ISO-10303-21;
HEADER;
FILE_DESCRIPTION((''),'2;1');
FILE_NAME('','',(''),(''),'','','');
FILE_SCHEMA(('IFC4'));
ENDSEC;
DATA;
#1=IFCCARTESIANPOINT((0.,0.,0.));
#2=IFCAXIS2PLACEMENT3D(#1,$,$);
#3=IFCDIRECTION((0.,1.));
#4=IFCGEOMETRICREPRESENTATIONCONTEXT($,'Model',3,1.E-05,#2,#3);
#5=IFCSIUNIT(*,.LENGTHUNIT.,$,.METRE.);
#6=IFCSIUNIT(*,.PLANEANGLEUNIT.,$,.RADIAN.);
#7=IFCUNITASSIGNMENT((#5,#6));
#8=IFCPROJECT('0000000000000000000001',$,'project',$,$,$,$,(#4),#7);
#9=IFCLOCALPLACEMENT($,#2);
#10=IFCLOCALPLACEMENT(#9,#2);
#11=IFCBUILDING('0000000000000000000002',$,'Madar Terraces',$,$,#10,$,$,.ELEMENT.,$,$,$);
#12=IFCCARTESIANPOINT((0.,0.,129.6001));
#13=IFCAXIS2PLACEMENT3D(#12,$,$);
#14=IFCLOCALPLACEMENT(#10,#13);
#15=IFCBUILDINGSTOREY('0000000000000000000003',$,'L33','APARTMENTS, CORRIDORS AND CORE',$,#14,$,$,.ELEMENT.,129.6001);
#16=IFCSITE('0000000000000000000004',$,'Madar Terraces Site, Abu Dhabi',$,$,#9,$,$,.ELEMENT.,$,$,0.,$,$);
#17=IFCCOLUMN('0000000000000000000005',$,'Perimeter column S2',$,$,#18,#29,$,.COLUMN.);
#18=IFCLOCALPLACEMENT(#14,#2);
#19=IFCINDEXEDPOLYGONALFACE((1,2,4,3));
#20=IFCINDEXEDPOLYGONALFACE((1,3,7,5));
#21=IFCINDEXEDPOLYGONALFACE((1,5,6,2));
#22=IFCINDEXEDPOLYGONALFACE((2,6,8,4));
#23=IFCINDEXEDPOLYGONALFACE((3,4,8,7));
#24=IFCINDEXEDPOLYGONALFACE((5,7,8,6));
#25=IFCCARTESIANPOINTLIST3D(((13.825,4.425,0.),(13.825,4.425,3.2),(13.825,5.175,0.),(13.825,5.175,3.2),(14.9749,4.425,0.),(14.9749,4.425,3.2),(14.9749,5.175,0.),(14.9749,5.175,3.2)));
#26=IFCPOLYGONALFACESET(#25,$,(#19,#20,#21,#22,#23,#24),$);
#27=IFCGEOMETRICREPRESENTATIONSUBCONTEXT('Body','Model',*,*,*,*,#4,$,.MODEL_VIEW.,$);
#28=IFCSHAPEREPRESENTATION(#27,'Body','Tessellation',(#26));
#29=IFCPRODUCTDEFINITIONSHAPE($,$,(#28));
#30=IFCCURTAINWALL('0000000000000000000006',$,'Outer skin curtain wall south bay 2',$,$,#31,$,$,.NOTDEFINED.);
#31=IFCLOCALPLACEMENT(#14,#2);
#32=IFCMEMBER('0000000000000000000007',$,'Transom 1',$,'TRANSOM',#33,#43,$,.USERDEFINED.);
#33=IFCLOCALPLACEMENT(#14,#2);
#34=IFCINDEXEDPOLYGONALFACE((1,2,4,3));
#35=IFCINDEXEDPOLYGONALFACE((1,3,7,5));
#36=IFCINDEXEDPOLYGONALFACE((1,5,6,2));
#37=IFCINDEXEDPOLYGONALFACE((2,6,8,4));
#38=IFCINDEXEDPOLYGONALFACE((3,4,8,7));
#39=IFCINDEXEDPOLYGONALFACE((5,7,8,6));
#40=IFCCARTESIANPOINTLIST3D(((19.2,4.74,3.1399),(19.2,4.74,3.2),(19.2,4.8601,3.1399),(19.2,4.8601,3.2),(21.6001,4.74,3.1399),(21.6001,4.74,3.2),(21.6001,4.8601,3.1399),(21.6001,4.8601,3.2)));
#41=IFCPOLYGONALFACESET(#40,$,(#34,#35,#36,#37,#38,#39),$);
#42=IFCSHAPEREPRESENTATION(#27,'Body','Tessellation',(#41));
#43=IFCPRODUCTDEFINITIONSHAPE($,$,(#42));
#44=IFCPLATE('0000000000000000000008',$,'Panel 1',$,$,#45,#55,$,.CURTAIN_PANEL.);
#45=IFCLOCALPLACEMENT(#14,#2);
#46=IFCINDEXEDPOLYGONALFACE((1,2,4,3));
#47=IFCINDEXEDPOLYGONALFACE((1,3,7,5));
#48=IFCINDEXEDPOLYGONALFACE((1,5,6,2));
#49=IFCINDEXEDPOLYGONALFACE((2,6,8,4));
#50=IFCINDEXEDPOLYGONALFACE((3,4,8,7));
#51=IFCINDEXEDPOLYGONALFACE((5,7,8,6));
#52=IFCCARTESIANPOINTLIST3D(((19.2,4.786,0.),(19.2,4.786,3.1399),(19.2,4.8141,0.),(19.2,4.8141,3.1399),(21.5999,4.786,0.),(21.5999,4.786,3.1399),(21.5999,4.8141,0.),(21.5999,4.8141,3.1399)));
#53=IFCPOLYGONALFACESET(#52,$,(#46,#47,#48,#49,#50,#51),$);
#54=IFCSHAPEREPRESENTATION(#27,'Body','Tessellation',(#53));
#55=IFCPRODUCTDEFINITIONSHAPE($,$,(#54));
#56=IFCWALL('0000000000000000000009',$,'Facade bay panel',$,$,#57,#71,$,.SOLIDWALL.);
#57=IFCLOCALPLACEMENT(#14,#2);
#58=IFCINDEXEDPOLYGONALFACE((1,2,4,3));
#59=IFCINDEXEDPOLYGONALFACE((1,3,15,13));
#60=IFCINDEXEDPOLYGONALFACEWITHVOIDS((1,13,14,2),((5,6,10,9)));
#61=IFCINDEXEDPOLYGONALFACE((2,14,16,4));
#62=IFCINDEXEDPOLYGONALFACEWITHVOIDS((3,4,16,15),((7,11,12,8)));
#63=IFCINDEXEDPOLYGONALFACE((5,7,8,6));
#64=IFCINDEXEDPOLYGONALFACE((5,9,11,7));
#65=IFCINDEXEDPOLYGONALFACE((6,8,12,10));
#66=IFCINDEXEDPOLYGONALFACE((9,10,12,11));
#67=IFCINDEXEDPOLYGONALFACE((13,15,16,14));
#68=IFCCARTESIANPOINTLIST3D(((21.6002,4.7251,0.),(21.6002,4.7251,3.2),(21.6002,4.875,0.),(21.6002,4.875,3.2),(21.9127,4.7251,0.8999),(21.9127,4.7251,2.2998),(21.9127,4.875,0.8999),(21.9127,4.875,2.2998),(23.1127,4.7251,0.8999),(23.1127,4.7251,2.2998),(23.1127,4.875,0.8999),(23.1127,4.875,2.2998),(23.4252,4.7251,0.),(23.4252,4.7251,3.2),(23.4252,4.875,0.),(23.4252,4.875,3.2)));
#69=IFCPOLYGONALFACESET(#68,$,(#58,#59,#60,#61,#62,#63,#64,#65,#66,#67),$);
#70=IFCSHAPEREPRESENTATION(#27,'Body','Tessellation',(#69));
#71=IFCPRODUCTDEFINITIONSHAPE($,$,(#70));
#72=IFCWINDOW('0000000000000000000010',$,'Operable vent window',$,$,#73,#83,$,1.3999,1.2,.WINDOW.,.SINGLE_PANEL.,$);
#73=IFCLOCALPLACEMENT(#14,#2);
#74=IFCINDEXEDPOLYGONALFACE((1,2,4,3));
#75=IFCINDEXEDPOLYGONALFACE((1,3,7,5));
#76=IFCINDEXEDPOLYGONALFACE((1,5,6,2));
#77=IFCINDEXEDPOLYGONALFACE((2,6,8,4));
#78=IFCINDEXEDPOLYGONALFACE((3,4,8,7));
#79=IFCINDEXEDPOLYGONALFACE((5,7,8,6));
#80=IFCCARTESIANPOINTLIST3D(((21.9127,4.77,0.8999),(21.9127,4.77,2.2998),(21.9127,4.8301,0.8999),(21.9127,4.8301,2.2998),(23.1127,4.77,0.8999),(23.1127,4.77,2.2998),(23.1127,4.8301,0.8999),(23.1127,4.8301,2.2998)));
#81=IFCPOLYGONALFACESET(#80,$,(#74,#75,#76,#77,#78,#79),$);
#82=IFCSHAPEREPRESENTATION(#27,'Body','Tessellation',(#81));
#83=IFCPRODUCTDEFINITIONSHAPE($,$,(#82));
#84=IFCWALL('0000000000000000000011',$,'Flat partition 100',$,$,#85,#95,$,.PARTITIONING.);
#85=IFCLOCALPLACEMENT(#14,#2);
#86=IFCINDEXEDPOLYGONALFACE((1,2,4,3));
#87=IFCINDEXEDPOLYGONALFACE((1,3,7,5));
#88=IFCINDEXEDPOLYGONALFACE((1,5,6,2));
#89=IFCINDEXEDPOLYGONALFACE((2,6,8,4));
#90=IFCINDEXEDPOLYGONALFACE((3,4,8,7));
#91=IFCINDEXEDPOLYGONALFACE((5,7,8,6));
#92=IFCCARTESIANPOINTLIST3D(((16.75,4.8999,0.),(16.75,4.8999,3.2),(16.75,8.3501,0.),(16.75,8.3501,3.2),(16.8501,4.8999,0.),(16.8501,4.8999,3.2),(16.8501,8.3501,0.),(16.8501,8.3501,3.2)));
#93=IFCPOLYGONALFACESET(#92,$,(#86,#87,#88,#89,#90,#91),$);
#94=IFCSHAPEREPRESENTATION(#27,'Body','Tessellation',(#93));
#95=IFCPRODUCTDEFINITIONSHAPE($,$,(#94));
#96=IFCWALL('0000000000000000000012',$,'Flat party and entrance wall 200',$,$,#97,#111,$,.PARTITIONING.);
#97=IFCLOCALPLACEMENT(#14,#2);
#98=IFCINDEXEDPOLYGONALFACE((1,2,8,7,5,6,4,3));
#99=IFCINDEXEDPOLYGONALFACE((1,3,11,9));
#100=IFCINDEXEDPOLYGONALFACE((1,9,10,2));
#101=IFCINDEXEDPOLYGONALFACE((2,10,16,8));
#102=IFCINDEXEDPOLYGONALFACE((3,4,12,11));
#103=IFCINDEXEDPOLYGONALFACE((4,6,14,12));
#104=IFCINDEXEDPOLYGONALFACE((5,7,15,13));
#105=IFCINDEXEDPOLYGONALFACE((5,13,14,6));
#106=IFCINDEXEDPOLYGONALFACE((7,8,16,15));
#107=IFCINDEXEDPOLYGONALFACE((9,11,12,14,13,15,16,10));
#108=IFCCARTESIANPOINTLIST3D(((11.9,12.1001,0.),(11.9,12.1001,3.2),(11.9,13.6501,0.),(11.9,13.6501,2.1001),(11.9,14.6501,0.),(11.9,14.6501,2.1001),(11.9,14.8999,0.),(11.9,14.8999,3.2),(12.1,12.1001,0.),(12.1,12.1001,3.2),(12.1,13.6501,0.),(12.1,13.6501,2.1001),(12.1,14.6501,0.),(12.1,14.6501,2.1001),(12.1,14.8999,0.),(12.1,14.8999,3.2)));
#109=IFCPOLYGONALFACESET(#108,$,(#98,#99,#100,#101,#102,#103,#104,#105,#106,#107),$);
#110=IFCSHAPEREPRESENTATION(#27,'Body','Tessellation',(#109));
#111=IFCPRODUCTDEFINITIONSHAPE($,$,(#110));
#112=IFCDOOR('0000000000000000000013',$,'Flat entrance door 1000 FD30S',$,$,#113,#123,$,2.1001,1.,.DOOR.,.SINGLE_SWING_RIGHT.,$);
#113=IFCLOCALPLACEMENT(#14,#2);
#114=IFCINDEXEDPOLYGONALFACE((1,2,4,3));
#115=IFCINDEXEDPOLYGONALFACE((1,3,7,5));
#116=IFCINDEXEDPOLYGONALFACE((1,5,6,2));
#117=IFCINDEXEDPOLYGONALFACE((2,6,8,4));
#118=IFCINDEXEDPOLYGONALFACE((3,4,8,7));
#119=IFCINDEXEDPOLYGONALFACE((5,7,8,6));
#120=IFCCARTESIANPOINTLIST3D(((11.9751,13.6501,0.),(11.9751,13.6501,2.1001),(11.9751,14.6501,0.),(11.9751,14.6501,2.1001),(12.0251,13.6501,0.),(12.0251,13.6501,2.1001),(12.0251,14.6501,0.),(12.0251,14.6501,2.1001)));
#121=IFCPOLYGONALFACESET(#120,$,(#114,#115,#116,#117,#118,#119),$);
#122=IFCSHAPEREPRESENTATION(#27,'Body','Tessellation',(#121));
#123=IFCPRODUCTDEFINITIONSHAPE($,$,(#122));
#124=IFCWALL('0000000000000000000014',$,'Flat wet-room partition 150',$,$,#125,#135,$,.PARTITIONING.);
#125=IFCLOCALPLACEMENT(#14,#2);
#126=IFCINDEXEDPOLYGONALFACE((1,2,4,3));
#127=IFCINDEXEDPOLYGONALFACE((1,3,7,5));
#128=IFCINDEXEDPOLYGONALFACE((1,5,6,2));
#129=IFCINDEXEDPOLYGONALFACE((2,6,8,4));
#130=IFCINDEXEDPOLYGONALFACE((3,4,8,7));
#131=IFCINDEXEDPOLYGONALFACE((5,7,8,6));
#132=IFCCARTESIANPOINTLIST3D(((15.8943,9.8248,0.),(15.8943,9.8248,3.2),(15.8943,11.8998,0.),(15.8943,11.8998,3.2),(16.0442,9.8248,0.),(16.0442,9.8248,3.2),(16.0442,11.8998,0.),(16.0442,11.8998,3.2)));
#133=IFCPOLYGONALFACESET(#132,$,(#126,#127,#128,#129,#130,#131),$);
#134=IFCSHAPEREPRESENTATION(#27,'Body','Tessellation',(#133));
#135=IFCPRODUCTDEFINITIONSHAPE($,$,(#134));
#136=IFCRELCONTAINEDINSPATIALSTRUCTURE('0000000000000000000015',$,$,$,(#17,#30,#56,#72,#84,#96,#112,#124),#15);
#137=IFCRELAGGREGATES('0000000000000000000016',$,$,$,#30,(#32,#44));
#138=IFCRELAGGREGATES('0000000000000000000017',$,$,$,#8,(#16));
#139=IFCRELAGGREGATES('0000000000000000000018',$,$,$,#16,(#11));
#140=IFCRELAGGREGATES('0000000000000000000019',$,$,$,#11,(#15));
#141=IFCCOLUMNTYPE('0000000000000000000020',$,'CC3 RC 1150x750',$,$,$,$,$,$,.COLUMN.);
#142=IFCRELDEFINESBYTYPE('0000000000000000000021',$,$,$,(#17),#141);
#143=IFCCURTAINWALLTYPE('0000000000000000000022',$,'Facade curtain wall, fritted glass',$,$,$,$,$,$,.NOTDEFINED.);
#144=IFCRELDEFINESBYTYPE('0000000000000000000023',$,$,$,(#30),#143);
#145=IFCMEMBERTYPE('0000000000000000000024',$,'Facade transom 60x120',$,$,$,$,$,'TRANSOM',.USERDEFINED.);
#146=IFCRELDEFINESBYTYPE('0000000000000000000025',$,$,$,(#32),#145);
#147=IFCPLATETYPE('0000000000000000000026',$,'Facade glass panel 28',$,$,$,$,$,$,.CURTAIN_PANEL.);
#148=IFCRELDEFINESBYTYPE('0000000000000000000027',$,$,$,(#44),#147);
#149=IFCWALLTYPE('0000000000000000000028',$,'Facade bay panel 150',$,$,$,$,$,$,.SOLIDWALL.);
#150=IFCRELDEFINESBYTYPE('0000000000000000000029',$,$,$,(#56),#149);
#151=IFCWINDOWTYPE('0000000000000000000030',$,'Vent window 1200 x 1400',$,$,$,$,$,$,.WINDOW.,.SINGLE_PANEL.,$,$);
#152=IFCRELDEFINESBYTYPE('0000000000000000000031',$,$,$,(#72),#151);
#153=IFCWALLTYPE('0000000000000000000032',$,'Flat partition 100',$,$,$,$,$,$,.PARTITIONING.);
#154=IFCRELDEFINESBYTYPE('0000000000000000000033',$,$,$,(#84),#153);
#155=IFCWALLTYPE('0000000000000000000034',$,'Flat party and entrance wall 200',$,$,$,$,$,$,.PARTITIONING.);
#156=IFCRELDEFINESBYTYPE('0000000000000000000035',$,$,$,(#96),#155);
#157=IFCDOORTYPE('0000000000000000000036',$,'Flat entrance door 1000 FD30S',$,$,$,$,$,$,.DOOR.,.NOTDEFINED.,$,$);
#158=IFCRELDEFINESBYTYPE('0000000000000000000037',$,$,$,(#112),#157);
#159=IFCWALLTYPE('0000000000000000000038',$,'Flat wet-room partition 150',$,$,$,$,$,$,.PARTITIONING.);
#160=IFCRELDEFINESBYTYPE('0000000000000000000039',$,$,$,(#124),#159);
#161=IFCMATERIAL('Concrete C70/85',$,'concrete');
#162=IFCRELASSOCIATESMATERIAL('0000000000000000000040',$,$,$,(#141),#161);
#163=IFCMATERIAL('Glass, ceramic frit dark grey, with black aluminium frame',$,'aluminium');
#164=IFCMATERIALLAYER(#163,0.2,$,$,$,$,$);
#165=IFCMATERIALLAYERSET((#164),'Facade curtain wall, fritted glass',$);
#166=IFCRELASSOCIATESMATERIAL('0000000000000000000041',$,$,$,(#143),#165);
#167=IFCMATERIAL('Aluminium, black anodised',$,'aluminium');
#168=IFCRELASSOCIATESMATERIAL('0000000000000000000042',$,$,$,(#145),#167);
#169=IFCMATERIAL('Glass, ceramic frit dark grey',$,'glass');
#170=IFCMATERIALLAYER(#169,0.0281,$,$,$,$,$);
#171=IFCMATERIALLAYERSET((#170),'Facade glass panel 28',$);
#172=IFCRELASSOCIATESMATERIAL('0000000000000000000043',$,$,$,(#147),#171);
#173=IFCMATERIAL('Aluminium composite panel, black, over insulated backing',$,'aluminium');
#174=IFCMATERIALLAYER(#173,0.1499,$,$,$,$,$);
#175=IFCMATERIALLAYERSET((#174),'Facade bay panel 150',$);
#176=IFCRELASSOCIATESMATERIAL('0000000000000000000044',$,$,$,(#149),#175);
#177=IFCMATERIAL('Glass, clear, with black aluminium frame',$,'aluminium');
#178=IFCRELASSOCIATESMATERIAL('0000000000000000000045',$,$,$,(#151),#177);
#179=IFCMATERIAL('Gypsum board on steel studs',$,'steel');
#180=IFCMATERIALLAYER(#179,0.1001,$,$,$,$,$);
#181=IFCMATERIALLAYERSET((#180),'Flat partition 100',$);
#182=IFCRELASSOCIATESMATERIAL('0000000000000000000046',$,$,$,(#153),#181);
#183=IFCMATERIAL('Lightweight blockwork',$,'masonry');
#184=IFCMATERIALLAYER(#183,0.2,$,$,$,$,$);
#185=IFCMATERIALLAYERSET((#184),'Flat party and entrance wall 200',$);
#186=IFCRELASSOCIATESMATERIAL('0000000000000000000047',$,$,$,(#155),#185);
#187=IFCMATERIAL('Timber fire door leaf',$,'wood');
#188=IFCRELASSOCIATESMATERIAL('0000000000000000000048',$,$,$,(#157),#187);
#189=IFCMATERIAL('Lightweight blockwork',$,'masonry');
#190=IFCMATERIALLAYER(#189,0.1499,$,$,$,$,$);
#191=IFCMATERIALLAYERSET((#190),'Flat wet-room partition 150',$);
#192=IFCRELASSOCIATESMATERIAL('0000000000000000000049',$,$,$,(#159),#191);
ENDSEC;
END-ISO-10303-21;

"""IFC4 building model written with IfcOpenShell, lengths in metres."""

from ifc_helpers import new_model, si_unit, direction, frame, frame_2d, origin, origin_2d, place, context, subcontext, project, spatial, rectangle, extrude, material, layer, layer_set, material_profile, profile_set, type_object, element, fill, aggregate, save


model = new_model("IFC4")

# Units and contexts
model_context = context("Model", 3, precision=1e-05, world=origin(), true_north=direction((0.0, 1.0)))
body_context = subcontext(model_context, "Body", "Model", "MODEL_VIEW")
ifc_project = project(units=[si_unit("LENGTHUNIT", "METRE"), si_unit("PLANEANGLEUNIT", "RADIAN")], contexts=[model_context])

# Site, building, storey
site_placement = place(None, origin())
site = spatial("IfcSite", under=ifc_project, at=site_placement, Name="Madar Terraces Site, Abu Dhabi", CompositionType="ELEMENT", RefElevation=0.0)
building_placement = place(site_placement, origin())
building = spatial("IfcBuilding", under=site, at=building_placement, Name="Madar Terraces", CompositionType="ELEMENT")
storey_placement = place(building_placement, frame((0.0, 0.0, 129.6001)))
storey = spatial("IfcBuildingStorey", under=building, at=storey_placement, Name="L33", Description="APARTMENTS, CORRIDORS AND CORE", CompositionType="ELEMENT", Elevation=129.6001)

# Column
ifc_material_1 = material(Name="Concrete C70/85", Category="concrete")
ifc_material_profile_1 = material_profile(ifc_material_1, rectangle(XDim=1.1499, YDim=0.75, at=origin_2d()), Name="CC3 RC 1150x750")
ifc_profile_set_1 = profile_set([ifc_material_profile_1], Name="Concrete C70/85")
column_type = type_object("IfcColumnType", Name="CC3 RC 1150x750", PredefinedType="COLUMN", material=ifc_profile_set_1)
column_placement = place(storey_placement, frame((14.3999, 4.8, 0.0), z_axis=(0.0, 0.0, 1.0), x_axis=(1.0, 0.0, 0.0)))
element("IfcColumn", 1, at=column_placement, inside=storey, type_object=column_type, Name="Perimeter column S2", PredefinedType="COLUMN", context=body_context, shape_type="SweptSolid", body=[
    extrude(rectangle(XDim=1.1499, YDim=0.75, at=origin_2d()), origin(), (0.0, 0.0, 1.0), 3.2),
])

# Curtain wall, member, plate
ifc_material_2 = material(Name="Glass, ceramic frit dark grey, with black aluminium frame", Category="aluminium")
ifc_layer_1 = layer(ifc_material_2, 0.2)
ifc_layer_set_1 = layer_set([ifc_layer_1], Name="Facade curtain wall, fritted glass")
curtain_wall_type = type_object("IfcCurtainWallType", Name="Facade curtain wall, fritted glass", PredefinedType="NOTDEFINED", material=ifc_layer_set_1)
curtain_wall_placement = place(storey_placement, origin())
curtain_wall = element("IfcCurtainWall", 2, at=curtain_wall_placement, inside=storey, type_object=curtain_wall_type, Name="Outer skin curtain wall south bay 2", PredefinedType="NOTDEFINED")
ifc_material_3 = material(Name="Aluminium, black anodised", Category="aluminium")
ifc_material_profile_2 = material_profile(ifc_material_3, rectangle(XDim=0.1201, YDim=0.0601, at=origin_2d()), Name="Facade transom 60x120")
ifc_profile_set_2 = profile_set([ifc_material_profile_2], Name="Aluminium, black anodised")
member_type = type_object("IfcMemberType", Name="Facade transom 60x120", ElementType="TRANSOM", PredefinedType="USERDEFINED", material=ifc_profile_set_2)
member_placement = place(storey_placement, frame((19.2, 4.8, 3.1699), z_axis=(1.0, 0.0, 0.0), x_axis=(0.0, 1.0, 0.0)))
member = element("IfcMember", 3, at=member_placement, type_object=member_type, Name="Transom 1", ObjectType="TRANSOM", PredefinedType="USERDEFINED", context=body_context, shape_type="SweptSolid", body=[
    extrude(rectangle(XDim=0.1201, YDim=0.0601, at=origin_2d()), origin(), (0.0, 0.0, 1.0), 2.4001),
])
ifc_material_4 = material(Name="Glass, ceramic frit dark grey", Category="glass")
ifc_layer_2 = layer(ifc_material_4, 0.0281)
ifc_layer_set_2 = layer_set([ifc_layer_2], Name="Facade glass panel 28")
plate_type = type_object("IfcPlateType", Name="Facade glass panel 28", PredefinedType="CURTAIN_PANEL", material=ifc_layer_set_2)
plate_placement = place(storey_placement, frame((20.3999, 4.8, 0.0), z_axis=(0.0, 0.0, 1.0), x_axis=(1.0, 0.0, 0.0)))
plate = element("IfcPlate", 4, at=plate_placement, type_object=plate_type, Name="Panel 1", PredefinedType="CURTAIN_PANEL", context=body_context, shape_type="SweptSolid", body=[
    extrude(rectangle(XDim=2.3999, YDim=0.0281, at=origin_2d()), origin(), (0.0, 0.0, 1.0), 3.1399),
])
aggregate(curtain_wall, [member, plate])

# Shared definitions
ifc_material_5 = material(Name="Aluminium composite panel, black, over insulated backing", Category="aluminium")
ifc_layer_3 = layer(ifc_material_5, 0.1499)
ifc_layer_set_3 = layer_set([ifc_layer_3], Name="Facade bay panel 150")
wall_type_1 = type_object("IfcWallType", Name="Facade bay panel 150", PredefinedType="SOLIDWALL", material=ifc_layer_set_3)
ifc_material_6 = material(Name="Glass, clear, with black aluminium frame", Category="aluminium")
window_type = type_object("IfcWindowType", Name="Vent window 1200 x 1400", PartitioningType="SINGLE_PANEL", PredefinedType="WINDOW", material=ifc_material_6)

# Wall, opening, window
wall_1_placement = place(storey_placement, frame((21.6001, 4.8, 0.0), z_axis=(0.0, 0.0, 1.0), x_axis=(1.0, 0.0, 0.0)))
wall_1 = element("IfcWall", 5, at=wall_1_placement, inside=storey, type_object=wall_type_1, Name="Facade bay panel", PredefinedType="SOLIDWALL", context=body_context, shape_type="SweptSolid", body=[
    extrude(rectangle(XDim=1.825, YDim=0.1499, at=frame_2d((0.9126, 0.0))), origin(), (0.0, 0.0, 1.0), 3.2),
])
opening_1_placement = place(wall_1_placement, frame((0.3125, 0.0, 0.8999)))
opening_1 = element("IfcOpeningElement", 6, at=opening_1_placement, cuts=wall_1, PredefinedType="OPENING", context=body_context, shape_type="SweptSolid", body=[
    extrude(rectangle(XDim=1.2, YDim=1.3999, at=frame_2d((0.6001, 0.7))), frame((0.0, 0.085, 0.0), z_axis=(0.0, -1.0, 0.0), x_axis=(1.0, 0.0, 0.0)), (0.0, 0.0, 1.0), 0.1699),
])
window_1_placement = place(opening_1_placement, origin())
window_1 = element("IfcWindow", 7, at=window_1_placement, inside=storey, type_object=window_type, Name="Operable vent window", OverallHeight=1.3999, OverallWidth=1.2, PartitioningType="SINGLE_PANEL", PredefinedType="WINDOW", context=body_context, shape_type="SweptSolid", body=[
    extrude(rectangle(XDim=1.2, YDim=1.3999, at=frame_2d((0.6001, 0.7))), frame((0.0, 0.03, 0.0), z_axis=(0.0, -1.0, 0.0), x_axis=(1.0, 0.0, 0.0)), (0.0, 0.0, 1.0), 0.0601),
])
fill(opening_1, window_1)

# Wall
ifc_material_7 = material(Name="Gypsum board on steel studs", Category="steel")
ifc_layer_4 = layer(ifc_material_7, 0.1001)
ifc_layer_set_4 = layer_set([ifc_layer_4], Name="Flat partition 100")
wall_type_2 = type_object("IfcWallType", Name="Flat partition 100", PredefinedType="PARTITIONING", material=ifc_layer_set_4)
wall_2_placement = place(storey_placement, frame((16.8, 8.3501, 0.0), z_axis=(0.0, 0.0, 1.0), x_axis=(0.0, -1.0, 0.0)))
element("IfcWall", 8, at=wall_2_placement, inside=storey, type_object=wall_type_2, Name="Flat partition 100", PredefinedType="PARTITIONING", context=body_context, shape_type="SweptSolid", body=[
    extrude(rectangle(XDim=3.4502, YDim=0.1001, at=frame_2d((1.7251, 0.0))), origin(), (0.0, 0.0, 1.0), 3.2),
])

# Wall, opening, door
ifc_material_8 = material(Name="Lightweight blockwork", Category="masonry")
ifc_layer_5 = layer(ifc_material_8, 0.2)
ifc_layer_set_5 = layer_set([ifc_layer_5], Name="Flat party and entrance wall 200")
wall_type_3 = type_object("IfcWallType", Name="Flat party and entrance wall 200", PredefinedType="PARTITIONING", material=ifc_layer_set_5)
wall_3_placement = place(storey_placement, frame((12.0, 12.1001, 0.0), z_axis=(0.0, 0.0, 1.0), x_axis=(0.0, 1.0, 0.0)))
wall_3 = element("IfcWall", 9, at=wall_3_placement, inside=storey, type_object=wall_type_3, Name="Flat party and entrance wall 200", PredefinedType="PARTITIONING", context=body_context, shape_type="SweptSolid", body=[
    extrude(rectangle(XDim=2.7998, YDim=0.2, at=frame_2d((1.3999, 0.0))), origin(), (0.0, 0.0, 1.0), 3.2),
])
opening_2_placement = place(wall_3_placement, frame((1.55, 0.0, 0.0)))
opening_2 = element("IfcOpeningElement", 10, at=opening_2_placement, cuts=wall_3, PredefinedType="OPENING", context=body_context, shape_type="SweptSolid", body=[
    extrude(rectangle(XDim=1.0, YDim=2.1001, at=frame_2d((0.5, 1.05))), frame((0.0, 0.1099, 0.0), z_axis=(0.0, -1.0, 0.0), x_axis=(1.0, 0.0, 0.0)), (0.0, 0.0, 1.0), 0.22),
])
ifc_material_9 = material(Name="Timber fire door leaf", Category="wood")
door_type_1 = type_object("IfcDoorType", Name="Flat entrance door 1000 FD30S", OperationType="NOTDEFINED", PredefinedType="DOOR", material=ifc_material_9)
door_1_placement = place(opening_2_placement, origin())
door_1 = element("IfcDoor", 11, at=door_1_placement, inside=storey, type_object=door_type_1, Name="Flat entrance door 1000 FD30S", OperationType="SINGLE_SWING_RIGHT", OverallHeight=2.1001, OverallWidth=1.0, PredefinedType="DOOR", context=body_context, shape_type="SweptSolid", body=[
    extrude(rectangle(XDim=1.0, YDim=2.1001, at=frame_2d((0.5, 1.05))), frame((0.0, 0.0249, 0.0), z_axis=(0.0, -1.0, 0.0), x_axis=(1.0, 0.0, 0.0)), (0.0, 0.0, 1.0), 0.05),
])
fill(opening_2, door_1)

# Wall
ifc_material_10 = material(Name="Lightweight blockwork", Category="masonry")
ifc_layer_6 = layer(ifc_material_10, 0.1499)
ifc_layer_set_6 = layer_set([ifc_layer_6], Name="Flat wet-room partition 150")
wall_type_4 = type_object("IfcWallType", Name="Flat wet-room partition 150", PredefinedType="PARTITIONING", material=ifc_layer_set_6)
wall_4_placement = place(storey_placement, frame((15.9692, 11.8999, 0.0), z_axis=(0.0, 0.0, 1.0), x_axis=(0.0, -1.0, 0.0)))
element("IfcWall", 12, at=wall_4_placement, inside=storey, type_object=wall_type_4, Name="Flat wet-room partition 150", PredefinedType="PARTITIONING", context=body_context, shape_type="SweptSolid", body=[
    extrude(rectangle(XDim=2.075, YDim=0.1499, at=frame_2d((1.0376, 0.0))), origin(), (0.0, 0.0, 1.0), 3.2),
])

save(model, "model.ifc")
